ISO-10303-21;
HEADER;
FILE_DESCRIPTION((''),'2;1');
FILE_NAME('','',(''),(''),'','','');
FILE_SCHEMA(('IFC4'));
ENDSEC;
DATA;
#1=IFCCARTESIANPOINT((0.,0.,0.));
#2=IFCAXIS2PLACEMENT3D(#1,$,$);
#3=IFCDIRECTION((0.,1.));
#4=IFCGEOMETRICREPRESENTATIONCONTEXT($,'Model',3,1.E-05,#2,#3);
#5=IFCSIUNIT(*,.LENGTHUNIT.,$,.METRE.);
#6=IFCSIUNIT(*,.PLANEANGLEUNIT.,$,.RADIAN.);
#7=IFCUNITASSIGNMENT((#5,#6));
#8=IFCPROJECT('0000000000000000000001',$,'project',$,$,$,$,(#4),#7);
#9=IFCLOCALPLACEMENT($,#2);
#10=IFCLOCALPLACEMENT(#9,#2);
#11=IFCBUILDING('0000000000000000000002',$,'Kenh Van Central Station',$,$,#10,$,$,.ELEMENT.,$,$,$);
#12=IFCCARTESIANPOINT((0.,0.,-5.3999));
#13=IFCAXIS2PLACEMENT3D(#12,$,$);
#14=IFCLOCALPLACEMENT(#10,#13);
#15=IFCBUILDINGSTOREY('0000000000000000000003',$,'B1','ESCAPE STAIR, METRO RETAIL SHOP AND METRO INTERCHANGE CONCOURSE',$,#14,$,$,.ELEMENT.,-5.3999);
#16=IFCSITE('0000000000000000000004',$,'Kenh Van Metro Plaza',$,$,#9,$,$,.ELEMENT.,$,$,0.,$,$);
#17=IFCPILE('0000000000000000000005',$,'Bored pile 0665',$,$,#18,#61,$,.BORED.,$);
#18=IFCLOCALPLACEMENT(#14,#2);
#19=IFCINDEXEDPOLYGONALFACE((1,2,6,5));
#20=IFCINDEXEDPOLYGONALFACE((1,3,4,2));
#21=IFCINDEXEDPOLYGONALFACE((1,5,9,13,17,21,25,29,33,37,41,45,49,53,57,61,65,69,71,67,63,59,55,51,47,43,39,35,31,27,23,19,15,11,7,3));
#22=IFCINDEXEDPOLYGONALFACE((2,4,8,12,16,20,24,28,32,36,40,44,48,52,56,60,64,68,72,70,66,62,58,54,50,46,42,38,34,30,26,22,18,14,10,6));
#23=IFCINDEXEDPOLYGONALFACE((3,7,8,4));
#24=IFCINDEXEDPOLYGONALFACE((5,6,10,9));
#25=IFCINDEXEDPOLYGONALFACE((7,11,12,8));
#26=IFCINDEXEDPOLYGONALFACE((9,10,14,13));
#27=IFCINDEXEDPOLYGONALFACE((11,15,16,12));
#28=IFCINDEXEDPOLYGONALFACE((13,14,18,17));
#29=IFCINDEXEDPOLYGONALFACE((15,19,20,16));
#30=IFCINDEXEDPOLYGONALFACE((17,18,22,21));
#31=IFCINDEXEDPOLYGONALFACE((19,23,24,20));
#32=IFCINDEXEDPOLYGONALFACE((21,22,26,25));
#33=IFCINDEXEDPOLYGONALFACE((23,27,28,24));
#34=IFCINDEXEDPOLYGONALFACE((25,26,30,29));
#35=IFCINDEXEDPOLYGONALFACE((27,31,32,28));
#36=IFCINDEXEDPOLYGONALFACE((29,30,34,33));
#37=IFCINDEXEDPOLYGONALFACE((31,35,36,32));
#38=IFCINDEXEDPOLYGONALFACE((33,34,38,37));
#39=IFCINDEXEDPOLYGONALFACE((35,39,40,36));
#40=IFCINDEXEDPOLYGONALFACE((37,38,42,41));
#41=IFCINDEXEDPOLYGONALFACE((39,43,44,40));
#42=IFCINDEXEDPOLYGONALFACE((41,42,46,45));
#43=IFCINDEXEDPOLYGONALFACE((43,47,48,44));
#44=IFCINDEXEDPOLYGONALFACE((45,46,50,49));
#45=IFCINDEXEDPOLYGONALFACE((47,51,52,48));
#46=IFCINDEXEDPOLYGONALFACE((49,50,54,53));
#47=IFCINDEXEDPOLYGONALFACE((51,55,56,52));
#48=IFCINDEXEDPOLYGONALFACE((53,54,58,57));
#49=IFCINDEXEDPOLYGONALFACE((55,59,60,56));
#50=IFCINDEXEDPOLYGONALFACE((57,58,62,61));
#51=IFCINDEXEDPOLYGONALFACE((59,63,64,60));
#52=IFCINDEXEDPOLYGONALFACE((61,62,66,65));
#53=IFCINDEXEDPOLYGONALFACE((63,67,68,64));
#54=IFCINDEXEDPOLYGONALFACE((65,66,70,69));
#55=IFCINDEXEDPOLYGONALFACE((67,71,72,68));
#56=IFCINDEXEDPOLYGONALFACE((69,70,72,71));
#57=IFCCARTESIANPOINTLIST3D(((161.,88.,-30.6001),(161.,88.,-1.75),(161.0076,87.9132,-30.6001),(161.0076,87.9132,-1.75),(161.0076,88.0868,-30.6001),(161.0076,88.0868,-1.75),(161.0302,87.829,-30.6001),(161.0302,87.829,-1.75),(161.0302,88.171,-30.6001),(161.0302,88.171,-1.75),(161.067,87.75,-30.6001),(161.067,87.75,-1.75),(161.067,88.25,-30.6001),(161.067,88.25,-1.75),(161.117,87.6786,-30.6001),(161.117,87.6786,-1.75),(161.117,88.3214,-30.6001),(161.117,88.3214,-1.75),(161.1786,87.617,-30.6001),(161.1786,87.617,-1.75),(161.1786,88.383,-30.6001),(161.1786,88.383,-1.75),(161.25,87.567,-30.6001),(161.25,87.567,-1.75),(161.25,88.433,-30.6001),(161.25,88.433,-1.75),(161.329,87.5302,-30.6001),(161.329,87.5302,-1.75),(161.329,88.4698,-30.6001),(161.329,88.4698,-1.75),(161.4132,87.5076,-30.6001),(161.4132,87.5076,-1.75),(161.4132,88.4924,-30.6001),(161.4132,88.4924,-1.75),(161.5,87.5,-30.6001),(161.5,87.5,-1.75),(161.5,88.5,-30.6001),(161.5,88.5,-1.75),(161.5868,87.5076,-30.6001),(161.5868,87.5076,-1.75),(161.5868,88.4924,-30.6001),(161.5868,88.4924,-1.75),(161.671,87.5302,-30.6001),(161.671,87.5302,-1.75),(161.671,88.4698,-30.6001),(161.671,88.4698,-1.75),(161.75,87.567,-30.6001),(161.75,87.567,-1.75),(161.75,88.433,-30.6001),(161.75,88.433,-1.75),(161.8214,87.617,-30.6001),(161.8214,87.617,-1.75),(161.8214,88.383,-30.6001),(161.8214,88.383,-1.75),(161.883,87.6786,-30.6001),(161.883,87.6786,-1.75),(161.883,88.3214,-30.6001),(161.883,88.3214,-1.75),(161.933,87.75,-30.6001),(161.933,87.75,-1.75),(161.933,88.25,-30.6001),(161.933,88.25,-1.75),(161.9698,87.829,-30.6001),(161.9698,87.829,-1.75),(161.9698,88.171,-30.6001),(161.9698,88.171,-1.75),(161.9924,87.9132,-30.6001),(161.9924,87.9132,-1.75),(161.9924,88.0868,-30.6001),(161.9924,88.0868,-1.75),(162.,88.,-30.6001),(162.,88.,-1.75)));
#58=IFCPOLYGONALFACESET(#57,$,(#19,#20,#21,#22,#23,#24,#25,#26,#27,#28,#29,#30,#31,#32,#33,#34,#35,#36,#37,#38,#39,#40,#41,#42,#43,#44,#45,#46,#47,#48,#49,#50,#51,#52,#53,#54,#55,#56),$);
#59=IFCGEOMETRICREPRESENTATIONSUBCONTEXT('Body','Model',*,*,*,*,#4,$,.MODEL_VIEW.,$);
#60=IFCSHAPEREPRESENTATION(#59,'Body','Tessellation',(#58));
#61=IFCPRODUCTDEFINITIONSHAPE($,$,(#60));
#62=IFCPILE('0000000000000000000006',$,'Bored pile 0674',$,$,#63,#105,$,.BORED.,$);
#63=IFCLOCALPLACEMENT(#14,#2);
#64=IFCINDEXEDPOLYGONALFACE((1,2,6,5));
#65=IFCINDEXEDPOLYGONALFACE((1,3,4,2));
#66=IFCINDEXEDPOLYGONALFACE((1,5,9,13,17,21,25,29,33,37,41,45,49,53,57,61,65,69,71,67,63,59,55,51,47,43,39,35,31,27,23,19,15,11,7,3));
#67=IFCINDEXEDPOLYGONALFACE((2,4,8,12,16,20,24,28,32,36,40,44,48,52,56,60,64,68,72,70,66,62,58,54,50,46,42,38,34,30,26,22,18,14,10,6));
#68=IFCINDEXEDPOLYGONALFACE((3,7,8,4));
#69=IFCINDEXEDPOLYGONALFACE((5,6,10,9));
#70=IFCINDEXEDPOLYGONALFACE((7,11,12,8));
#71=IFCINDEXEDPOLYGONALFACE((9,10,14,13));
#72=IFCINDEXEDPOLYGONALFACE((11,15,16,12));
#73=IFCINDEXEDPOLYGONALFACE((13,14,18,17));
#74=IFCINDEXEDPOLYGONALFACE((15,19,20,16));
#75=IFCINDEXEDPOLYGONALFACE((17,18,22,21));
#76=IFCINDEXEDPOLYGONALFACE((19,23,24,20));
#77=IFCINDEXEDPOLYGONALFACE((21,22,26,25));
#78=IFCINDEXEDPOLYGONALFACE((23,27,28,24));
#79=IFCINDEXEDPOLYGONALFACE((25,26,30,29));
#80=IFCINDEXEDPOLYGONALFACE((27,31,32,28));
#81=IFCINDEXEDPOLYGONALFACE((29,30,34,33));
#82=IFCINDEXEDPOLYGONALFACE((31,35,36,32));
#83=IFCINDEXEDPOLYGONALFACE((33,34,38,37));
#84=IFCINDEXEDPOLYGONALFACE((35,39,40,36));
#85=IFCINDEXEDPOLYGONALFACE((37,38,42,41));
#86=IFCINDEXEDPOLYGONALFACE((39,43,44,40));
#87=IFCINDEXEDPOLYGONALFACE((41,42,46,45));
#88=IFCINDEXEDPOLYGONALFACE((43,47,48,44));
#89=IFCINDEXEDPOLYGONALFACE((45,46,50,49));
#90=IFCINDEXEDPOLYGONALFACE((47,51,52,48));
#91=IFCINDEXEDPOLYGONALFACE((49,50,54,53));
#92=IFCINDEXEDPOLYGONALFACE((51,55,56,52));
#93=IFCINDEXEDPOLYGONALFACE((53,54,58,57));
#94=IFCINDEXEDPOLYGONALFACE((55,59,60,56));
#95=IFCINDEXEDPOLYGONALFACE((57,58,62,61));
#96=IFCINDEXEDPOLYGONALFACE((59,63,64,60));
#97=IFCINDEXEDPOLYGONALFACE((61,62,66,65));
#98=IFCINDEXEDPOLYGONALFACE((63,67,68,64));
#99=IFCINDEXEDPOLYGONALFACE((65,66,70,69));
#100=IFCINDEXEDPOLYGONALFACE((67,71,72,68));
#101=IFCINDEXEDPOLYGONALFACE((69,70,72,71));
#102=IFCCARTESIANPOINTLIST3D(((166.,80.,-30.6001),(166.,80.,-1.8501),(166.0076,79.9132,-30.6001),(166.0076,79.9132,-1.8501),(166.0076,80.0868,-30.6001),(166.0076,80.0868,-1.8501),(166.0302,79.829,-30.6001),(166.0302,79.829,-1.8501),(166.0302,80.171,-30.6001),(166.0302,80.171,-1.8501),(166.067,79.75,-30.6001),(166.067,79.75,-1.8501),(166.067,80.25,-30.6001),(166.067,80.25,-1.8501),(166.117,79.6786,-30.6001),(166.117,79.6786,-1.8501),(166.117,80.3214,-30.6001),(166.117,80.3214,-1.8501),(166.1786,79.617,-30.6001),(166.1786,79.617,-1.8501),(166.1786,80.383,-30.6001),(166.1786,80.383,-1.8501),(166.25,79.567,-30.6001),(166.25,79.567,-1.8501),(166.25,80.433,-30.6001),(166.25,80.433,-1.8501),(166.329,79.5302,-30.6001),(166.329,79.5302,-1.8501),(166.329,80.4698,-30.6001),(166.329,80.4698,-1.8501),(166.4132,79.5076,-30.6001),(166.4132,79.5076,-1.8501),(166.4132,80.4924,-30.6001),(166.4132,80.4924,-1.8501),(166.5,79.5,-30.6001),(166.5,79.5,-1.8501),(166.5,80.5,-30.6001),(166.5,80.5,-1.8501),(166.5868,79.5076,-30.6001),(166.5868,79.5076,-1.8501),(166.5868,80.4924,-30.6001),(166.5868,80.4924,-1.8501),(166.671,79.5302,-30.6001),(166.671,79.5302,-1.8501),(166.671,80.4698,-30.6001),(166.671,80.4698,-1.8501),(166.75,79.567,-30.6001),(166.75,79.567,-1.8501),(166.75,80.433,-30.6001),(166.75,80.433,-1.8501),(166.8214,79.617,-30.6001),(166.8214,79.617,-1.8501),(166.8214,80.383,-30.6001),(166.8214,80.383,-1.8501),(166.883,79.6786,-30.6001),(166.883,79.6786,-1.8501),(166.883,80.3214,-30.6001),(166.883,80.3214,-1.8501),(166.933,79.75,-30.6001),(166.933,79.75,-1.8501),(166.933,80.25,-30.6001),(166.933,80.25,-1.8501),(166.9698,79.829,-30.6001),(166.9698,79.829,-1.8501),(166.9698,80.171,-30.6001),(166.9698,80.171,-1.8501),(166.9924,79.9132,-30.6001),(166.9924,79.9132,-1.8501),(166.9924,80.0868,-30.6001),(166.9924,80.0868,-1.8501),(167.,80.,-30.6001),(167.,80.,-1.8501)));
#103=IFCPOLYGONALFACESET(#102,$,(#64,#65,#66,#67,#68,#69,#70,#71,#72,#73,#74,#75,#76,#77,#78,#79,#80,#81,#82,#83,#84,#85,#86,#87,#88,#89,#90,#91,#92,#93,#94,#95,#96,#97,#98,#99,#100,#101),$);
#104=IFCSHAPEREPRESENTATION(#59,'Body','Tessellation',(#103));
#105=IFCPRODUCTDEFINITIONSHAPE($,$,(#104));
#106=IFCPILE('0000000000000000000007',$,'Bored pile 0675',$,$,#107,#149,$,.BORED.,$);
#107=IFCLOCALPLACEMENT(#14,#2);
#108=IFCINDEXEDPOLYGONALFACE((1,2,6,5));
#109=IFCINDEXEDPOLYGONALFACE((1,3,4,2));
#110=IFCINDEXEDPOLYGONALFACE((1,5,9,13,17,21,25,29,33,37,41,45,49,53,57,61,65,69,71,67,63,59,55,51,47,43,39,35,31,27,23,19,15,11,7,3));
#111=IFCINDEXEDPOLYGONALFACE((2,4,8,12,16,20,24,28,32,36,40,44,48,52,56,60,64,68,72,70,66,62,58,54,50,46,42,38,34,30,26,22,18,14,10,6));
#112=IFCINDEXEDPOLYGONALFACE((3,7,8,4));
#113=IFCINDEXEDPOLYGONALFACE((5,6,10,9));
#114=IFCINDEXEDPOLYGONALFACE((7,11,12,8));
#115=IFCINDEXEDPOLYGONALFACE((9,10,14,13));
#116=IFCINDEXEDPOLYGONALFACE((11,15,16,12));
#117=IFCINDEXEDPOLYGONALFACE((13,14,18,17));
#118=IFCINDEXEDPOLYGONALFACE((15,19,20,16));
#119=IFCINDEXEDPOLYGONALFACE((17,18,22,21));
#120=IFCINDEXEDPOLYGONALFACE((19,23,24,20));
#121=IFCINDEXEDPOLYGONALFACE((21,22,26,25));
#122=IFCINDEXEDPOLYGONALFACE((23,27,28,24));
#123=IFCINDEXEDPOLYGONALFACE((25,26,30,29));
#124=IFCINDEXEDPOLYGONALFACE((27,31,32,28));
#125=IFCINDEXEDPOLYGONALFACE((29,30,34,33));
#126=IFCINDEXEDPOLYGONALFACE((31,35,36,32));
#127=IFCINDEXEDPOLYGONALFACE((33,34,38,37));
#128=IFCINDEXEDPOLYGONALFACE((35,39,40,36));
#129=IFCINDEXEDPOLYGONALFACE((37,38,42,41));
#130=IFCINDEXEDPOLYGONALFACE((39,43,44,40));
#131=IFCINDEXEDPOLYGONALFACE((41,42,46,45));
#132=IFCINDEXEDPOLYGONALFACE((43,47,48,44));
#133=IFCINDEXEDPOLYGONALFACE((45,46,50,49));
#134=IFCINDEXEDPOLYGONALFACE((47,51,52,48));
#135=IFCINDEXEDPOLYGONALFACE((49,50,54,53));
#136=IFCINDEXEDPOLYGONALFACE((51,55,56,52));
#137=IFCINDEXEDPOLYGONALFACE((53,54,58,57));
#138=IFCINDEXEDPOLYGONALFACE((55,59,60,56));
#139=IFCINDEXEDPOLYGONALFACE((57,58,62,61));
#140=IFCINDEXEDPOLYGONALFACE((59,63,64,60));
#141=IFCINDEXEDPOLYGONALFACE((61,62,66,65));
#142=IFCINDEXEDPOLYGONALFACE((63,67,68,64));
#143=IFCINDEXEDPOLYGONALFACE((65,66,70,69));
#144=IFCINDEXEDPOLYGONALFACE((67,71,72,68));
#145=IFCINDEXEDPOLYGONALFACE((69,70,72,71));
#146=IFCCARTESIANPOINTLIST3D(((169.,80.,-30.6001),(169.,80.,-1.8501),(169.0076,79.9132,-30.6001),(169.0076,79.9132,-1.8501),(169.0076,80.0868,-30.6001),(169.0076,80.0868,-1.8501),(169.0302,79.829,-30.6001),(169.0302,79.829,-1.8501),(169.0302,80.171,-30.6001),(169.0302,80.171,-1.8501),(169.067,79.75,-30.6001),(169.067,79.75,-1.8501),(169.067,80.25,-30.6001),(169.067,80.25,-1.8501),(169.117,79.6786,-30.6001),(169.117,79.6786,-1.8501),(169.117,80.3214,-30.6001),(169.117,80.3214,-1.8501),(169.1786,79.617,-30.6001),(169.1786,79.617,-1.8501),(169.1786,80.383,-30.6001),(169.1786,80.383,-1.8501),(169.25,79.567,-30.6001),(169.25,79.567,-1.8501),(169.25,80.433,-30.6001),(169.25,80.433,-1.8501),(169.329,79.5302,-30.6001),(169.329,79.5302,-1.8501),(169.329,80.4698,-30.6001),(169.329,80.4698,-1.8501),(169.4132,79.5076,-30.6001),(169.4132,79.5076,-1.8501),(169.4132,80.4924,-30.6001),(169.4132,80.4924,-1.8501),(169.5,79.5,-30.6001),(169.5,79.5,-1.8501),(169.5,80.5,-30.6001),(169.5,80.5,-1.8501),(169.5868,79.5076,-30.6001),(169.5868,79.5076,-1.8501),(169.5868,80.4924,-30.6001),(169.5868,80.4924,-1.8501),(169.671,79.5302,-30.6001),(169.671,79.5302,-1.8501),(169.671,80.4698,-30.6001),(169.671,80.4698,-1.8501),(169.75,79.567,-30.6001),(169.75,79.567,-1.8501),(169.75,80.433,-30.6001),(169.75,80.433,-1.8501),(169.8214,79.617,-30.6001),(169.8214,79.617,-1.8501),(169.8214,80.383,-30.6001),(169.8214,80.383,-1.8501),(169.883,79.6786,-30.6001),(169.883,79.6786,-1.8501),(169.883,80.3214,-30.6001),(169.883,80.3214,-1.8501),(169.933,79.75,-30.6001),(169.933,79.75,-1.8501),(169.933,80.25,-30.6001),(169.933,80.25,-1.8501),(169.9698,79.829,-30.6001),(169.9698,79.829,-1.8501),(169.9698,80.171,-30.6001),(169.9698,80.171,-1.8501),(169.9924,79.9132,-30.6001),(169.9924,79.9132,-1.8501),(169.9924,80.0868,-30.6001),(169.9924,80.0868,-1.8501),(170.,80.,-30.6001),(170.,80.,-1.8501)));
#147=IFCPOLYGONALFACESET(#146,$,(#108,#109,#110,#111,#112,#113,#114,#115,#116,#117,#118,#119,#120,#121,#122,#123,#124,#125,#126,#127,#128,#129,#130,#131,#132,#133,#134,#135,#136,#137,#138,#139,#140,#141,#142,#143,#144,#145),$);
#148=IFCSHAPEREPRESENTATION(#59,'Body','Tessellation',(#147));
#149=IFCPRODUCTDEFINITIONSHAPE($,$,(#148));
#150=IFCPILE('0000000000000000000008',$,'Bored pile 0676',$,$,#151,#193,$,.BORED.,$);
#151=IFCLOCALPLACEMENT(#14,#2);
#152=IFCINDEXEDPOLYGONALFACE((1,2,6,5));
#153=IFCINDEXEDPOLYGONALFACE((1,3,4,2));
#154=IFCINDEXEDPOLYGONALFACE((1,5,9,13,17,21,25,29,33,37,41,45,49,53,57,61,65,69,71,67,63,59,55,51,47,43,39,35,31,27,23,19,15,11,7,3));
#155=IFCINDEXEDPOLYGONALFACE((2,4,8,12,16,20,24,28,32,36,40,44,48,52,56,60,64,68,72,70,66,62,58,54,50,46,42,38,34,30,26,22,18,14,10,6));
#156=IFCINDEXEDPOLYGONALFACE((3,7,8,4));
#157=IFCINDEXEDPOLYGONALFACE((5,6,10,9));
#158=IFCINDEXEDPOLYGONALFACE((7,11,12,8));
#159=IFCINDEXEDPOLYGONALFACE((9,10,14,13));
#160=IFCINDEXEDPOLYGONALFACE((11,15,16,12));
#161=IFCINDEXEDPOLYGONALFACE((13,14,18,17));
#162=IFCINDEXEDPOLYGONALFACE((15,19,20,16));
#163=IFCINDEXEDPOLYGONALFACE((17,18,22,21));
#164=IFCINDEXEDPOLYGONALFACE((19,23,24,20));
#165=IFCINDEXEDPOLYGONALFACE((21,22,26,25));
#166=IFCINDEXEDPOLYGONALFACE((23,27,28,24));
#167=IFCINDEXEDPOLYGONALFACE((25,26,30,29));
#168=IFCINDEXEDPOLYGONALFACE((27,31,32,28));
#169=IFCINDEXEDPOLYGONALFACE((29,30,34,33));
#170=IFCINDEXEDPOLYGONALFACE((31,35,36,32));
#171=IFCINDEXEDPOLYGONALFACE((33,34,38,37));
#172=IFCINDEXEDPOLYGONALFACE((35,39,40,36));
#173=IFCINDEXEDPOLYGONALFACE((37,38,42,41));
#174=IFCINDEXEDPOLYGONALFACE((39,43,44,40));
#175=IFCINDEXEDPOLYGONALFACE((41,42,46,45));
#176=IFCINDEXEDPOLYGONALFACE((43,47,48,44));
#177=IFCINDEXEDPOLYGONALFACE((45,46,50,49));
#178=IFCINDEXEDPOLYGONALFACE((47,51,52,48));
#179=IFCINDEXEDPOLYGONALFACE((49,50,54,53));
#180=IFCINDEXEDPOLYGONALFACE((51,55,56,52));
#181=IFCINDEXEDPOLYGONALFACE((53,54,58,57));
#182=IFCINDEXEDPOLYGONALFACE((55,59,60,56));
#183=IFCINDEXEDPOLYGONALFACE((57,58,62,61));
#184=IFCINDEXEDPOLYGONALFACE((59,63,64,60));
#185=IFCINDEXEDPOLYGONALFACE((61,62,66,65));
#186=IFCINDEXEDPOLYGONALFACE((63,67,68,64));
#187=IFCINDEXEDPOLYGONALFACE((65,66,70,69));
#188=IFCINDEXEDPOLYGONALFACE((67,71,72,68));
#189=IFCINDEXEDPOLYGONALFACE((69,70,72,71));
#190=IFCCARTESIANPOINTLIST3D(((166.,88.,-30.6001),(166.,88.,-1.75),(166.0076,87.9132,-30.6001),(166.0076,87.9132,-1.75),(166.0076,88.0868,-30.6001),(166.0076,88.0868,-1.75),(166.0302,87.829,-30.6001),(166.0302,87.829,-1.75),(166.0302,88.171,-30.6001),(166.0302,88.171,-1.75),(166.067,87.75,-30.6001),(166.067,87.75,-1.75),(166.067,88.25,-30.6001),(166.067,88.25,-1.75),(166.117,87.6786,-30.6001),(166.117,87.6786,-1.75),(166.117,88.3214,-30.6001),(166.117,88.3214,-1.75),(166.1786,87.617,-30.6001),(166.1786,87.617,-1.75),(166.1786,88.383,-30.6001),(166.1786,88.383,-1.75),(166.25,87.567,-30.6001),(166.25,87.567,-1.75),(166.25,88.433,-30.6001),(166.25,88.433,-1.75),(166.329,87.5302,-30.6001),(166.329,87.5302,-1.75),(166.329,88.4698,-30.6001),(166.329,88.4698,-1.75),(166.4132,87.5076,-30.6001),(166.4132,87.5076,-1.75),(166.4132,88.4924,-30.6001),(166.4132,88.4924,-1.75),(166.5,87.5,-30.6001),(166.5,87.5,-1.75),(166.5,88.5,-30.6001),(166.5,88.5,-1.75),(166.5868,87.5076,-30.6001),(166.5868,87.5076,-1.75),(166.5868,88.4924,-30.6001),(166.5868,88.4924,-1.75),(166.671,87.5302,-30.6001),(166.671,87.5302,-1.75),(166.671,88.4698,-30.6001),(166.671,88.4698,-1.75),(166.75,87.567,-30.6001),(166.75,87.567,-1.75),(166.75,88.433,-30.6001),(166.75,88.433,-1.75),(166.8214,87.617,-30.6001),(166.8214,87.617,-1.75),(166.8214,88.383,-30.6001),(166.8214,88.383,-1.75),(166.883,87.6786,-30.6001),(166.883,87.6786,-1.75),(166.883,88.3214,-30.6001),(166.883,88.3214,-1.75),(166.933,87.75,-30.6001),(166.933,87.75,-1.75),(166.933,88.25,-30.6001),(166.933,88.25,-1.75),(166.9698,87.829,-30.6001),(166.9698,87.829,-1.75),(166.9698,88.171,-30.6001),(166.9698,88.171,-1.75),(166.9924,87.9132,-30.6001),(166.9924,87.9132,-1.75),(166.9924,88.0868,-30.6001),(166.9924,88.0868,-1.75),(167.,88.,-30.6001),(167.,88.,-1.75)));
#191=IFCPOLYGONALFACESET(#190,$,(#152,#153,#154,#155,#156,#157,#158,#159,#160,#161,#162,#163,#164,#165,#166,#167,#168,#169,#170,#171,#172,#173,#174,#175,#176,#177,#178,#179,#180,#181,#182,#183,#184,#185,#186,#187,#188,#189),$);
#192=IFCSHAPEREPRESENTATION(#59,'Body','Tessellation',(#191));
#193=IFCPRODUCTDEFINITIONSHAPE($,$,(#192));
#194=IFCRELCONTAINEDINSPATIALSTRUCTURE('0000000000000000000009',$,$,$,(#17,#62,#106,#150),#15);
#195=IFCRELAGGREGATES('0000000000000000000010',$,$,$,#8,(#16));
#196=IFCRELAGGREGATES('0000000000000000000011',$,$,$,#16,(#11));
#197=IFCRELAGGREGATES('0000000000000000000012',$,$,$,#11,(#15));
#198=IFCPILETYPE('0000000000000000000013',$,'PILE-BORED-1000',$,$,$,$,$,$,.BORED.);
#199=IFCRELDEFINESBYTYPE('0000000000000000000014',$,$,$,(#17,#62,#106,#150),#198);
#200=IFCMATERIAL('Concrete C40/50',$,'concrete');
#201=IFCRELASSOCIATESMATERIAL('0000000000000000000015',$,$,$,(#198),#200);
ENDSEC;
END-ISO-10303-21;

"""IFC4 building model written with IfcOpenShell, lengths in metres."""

from ifc_helpers import new_model, si_unit, direction, frame, origin, origin_2d, place, context, subcontext, project, spatial, circle, extrude, material, material_profile, profile_set, type_object, element, save


model = new_model("IFC4")

# Units and contexts
model_context = context("Model", 3, precision=1e-05, world=origin(), true_north=direction((0.0, 1.0)))
body_context = subcontext(model_context, "Body", "Model", "MODEL_VIEW")
ifc_project = project(units=[si_unit("LENGTHUNIT", "METRE"), si_unit("PLANEANGLEUNIT", "RADIAN")], contexts=[model_context])

# Site, building, storey
site_placement = place(None, origin())
site = spatial("IfcSite", under=ifc_project, at=site_placement, Name="Kenh Van Metro Plaza", CompositionType="ELEMENT", RefElevation=0.0)
building_placement = place(site_placement, origin())
building = spatial("IfcBuilding", under=site, at=building_placement, Name="Kenh Van Central Station", CompositionType="ELEMENT")
storey_placement = place(building_placement, frame((0.0, 0.0, -5.3999)))
storey = spatial("IfcBuildingStorey", under=building, at=storey_placement, Name="B1", Description="ESCAPE STAIR, METRO RETAIL SHOP AND METRO INTERCHANGE CONCOURSE", CompositionType="ELEMENT", Elevation=-5.3999)

# Shared definitions
ifc_material_1 = material(Name="Concrete C40/50", Category="concrete")

# Piles
ifc_material_profile_1 = material_profile(ifc_material_1, circle(Radius=0.5, at=origin_2d()), Name="PILE D1000")
ifc_profile_set_1 = profile_set([ifc_material_profile_1], Name="Concrete C40/50")
pile_type = type_object("IfcPileType", Name="PILE-BORED-1000", PredefinedType="BORED", material=ifc_profile_set_1)
pile_1_placement = place(storey_placement, frame((161.5, 88.0, -1.75), z_axis=(0.0, 0.0, -1.0), x_axis=(1.0, 0.0, 0.0)))
element("IfcPile", 1, at=pile_1_placement, inside=storey, type_object=pile_type, Name="Bored pile 0665", PredefinedType="BORED", context=body_context, shape_type="SweptSolid", body=[
    extrude(circle(Radius=0.5, at=origin_2d()), origin(), (0.0, 0.0, 1.0), 28.8501),
])
for number, where, z_axis, x_axis, name in (
    (2, (166.5, 80.0, -1.8501), (0.0, 0.0, -1.0), (1.0, 0.0, 0.0), "Bored pile 0674"),
    (3, (169.5, 80.0, -1.8501), (0.0, 0.0, -1.0), (1.0, 0.0, 0.0), "Bored pile 0675"),
):
    element("IfcPile", number, at=place(storey_placement, frame(where, z_axis=z_axis, x_axis=x_axis)), inside=storey, type_object=pile_type, Name=name, PredefinedType="BORED", context=body_context, shape_type="SweptSolid", body=[
        extrude(circle(Radius=0.5, at=origin_2d()), origin(), (0.0, 0.0, 1.0), 28.75),
    ])
for number, where, z_axis, x_axis, name in (
    (4, (166.5, 88.0, -1.75), (0.0, 0.0, -1.0), (1.0, 0.0, 0.0), "Bored pile 0676"),
):
    element("IfcPile", number, at=place(storey_placement, frame(where, z_axis=z_axis, x_axis=x_axis)), inside=storey, type_object=pile_type, Name=name, PredefinedType="BORED", context=body_context, shape_type="SweptSolid", body=[
        extrude(circle(Radius=0.5, at=origin_2d()), origin(), (0.0, 0.0, 1.0), 28.8501),
    ])

save(model, "model.ifc")
